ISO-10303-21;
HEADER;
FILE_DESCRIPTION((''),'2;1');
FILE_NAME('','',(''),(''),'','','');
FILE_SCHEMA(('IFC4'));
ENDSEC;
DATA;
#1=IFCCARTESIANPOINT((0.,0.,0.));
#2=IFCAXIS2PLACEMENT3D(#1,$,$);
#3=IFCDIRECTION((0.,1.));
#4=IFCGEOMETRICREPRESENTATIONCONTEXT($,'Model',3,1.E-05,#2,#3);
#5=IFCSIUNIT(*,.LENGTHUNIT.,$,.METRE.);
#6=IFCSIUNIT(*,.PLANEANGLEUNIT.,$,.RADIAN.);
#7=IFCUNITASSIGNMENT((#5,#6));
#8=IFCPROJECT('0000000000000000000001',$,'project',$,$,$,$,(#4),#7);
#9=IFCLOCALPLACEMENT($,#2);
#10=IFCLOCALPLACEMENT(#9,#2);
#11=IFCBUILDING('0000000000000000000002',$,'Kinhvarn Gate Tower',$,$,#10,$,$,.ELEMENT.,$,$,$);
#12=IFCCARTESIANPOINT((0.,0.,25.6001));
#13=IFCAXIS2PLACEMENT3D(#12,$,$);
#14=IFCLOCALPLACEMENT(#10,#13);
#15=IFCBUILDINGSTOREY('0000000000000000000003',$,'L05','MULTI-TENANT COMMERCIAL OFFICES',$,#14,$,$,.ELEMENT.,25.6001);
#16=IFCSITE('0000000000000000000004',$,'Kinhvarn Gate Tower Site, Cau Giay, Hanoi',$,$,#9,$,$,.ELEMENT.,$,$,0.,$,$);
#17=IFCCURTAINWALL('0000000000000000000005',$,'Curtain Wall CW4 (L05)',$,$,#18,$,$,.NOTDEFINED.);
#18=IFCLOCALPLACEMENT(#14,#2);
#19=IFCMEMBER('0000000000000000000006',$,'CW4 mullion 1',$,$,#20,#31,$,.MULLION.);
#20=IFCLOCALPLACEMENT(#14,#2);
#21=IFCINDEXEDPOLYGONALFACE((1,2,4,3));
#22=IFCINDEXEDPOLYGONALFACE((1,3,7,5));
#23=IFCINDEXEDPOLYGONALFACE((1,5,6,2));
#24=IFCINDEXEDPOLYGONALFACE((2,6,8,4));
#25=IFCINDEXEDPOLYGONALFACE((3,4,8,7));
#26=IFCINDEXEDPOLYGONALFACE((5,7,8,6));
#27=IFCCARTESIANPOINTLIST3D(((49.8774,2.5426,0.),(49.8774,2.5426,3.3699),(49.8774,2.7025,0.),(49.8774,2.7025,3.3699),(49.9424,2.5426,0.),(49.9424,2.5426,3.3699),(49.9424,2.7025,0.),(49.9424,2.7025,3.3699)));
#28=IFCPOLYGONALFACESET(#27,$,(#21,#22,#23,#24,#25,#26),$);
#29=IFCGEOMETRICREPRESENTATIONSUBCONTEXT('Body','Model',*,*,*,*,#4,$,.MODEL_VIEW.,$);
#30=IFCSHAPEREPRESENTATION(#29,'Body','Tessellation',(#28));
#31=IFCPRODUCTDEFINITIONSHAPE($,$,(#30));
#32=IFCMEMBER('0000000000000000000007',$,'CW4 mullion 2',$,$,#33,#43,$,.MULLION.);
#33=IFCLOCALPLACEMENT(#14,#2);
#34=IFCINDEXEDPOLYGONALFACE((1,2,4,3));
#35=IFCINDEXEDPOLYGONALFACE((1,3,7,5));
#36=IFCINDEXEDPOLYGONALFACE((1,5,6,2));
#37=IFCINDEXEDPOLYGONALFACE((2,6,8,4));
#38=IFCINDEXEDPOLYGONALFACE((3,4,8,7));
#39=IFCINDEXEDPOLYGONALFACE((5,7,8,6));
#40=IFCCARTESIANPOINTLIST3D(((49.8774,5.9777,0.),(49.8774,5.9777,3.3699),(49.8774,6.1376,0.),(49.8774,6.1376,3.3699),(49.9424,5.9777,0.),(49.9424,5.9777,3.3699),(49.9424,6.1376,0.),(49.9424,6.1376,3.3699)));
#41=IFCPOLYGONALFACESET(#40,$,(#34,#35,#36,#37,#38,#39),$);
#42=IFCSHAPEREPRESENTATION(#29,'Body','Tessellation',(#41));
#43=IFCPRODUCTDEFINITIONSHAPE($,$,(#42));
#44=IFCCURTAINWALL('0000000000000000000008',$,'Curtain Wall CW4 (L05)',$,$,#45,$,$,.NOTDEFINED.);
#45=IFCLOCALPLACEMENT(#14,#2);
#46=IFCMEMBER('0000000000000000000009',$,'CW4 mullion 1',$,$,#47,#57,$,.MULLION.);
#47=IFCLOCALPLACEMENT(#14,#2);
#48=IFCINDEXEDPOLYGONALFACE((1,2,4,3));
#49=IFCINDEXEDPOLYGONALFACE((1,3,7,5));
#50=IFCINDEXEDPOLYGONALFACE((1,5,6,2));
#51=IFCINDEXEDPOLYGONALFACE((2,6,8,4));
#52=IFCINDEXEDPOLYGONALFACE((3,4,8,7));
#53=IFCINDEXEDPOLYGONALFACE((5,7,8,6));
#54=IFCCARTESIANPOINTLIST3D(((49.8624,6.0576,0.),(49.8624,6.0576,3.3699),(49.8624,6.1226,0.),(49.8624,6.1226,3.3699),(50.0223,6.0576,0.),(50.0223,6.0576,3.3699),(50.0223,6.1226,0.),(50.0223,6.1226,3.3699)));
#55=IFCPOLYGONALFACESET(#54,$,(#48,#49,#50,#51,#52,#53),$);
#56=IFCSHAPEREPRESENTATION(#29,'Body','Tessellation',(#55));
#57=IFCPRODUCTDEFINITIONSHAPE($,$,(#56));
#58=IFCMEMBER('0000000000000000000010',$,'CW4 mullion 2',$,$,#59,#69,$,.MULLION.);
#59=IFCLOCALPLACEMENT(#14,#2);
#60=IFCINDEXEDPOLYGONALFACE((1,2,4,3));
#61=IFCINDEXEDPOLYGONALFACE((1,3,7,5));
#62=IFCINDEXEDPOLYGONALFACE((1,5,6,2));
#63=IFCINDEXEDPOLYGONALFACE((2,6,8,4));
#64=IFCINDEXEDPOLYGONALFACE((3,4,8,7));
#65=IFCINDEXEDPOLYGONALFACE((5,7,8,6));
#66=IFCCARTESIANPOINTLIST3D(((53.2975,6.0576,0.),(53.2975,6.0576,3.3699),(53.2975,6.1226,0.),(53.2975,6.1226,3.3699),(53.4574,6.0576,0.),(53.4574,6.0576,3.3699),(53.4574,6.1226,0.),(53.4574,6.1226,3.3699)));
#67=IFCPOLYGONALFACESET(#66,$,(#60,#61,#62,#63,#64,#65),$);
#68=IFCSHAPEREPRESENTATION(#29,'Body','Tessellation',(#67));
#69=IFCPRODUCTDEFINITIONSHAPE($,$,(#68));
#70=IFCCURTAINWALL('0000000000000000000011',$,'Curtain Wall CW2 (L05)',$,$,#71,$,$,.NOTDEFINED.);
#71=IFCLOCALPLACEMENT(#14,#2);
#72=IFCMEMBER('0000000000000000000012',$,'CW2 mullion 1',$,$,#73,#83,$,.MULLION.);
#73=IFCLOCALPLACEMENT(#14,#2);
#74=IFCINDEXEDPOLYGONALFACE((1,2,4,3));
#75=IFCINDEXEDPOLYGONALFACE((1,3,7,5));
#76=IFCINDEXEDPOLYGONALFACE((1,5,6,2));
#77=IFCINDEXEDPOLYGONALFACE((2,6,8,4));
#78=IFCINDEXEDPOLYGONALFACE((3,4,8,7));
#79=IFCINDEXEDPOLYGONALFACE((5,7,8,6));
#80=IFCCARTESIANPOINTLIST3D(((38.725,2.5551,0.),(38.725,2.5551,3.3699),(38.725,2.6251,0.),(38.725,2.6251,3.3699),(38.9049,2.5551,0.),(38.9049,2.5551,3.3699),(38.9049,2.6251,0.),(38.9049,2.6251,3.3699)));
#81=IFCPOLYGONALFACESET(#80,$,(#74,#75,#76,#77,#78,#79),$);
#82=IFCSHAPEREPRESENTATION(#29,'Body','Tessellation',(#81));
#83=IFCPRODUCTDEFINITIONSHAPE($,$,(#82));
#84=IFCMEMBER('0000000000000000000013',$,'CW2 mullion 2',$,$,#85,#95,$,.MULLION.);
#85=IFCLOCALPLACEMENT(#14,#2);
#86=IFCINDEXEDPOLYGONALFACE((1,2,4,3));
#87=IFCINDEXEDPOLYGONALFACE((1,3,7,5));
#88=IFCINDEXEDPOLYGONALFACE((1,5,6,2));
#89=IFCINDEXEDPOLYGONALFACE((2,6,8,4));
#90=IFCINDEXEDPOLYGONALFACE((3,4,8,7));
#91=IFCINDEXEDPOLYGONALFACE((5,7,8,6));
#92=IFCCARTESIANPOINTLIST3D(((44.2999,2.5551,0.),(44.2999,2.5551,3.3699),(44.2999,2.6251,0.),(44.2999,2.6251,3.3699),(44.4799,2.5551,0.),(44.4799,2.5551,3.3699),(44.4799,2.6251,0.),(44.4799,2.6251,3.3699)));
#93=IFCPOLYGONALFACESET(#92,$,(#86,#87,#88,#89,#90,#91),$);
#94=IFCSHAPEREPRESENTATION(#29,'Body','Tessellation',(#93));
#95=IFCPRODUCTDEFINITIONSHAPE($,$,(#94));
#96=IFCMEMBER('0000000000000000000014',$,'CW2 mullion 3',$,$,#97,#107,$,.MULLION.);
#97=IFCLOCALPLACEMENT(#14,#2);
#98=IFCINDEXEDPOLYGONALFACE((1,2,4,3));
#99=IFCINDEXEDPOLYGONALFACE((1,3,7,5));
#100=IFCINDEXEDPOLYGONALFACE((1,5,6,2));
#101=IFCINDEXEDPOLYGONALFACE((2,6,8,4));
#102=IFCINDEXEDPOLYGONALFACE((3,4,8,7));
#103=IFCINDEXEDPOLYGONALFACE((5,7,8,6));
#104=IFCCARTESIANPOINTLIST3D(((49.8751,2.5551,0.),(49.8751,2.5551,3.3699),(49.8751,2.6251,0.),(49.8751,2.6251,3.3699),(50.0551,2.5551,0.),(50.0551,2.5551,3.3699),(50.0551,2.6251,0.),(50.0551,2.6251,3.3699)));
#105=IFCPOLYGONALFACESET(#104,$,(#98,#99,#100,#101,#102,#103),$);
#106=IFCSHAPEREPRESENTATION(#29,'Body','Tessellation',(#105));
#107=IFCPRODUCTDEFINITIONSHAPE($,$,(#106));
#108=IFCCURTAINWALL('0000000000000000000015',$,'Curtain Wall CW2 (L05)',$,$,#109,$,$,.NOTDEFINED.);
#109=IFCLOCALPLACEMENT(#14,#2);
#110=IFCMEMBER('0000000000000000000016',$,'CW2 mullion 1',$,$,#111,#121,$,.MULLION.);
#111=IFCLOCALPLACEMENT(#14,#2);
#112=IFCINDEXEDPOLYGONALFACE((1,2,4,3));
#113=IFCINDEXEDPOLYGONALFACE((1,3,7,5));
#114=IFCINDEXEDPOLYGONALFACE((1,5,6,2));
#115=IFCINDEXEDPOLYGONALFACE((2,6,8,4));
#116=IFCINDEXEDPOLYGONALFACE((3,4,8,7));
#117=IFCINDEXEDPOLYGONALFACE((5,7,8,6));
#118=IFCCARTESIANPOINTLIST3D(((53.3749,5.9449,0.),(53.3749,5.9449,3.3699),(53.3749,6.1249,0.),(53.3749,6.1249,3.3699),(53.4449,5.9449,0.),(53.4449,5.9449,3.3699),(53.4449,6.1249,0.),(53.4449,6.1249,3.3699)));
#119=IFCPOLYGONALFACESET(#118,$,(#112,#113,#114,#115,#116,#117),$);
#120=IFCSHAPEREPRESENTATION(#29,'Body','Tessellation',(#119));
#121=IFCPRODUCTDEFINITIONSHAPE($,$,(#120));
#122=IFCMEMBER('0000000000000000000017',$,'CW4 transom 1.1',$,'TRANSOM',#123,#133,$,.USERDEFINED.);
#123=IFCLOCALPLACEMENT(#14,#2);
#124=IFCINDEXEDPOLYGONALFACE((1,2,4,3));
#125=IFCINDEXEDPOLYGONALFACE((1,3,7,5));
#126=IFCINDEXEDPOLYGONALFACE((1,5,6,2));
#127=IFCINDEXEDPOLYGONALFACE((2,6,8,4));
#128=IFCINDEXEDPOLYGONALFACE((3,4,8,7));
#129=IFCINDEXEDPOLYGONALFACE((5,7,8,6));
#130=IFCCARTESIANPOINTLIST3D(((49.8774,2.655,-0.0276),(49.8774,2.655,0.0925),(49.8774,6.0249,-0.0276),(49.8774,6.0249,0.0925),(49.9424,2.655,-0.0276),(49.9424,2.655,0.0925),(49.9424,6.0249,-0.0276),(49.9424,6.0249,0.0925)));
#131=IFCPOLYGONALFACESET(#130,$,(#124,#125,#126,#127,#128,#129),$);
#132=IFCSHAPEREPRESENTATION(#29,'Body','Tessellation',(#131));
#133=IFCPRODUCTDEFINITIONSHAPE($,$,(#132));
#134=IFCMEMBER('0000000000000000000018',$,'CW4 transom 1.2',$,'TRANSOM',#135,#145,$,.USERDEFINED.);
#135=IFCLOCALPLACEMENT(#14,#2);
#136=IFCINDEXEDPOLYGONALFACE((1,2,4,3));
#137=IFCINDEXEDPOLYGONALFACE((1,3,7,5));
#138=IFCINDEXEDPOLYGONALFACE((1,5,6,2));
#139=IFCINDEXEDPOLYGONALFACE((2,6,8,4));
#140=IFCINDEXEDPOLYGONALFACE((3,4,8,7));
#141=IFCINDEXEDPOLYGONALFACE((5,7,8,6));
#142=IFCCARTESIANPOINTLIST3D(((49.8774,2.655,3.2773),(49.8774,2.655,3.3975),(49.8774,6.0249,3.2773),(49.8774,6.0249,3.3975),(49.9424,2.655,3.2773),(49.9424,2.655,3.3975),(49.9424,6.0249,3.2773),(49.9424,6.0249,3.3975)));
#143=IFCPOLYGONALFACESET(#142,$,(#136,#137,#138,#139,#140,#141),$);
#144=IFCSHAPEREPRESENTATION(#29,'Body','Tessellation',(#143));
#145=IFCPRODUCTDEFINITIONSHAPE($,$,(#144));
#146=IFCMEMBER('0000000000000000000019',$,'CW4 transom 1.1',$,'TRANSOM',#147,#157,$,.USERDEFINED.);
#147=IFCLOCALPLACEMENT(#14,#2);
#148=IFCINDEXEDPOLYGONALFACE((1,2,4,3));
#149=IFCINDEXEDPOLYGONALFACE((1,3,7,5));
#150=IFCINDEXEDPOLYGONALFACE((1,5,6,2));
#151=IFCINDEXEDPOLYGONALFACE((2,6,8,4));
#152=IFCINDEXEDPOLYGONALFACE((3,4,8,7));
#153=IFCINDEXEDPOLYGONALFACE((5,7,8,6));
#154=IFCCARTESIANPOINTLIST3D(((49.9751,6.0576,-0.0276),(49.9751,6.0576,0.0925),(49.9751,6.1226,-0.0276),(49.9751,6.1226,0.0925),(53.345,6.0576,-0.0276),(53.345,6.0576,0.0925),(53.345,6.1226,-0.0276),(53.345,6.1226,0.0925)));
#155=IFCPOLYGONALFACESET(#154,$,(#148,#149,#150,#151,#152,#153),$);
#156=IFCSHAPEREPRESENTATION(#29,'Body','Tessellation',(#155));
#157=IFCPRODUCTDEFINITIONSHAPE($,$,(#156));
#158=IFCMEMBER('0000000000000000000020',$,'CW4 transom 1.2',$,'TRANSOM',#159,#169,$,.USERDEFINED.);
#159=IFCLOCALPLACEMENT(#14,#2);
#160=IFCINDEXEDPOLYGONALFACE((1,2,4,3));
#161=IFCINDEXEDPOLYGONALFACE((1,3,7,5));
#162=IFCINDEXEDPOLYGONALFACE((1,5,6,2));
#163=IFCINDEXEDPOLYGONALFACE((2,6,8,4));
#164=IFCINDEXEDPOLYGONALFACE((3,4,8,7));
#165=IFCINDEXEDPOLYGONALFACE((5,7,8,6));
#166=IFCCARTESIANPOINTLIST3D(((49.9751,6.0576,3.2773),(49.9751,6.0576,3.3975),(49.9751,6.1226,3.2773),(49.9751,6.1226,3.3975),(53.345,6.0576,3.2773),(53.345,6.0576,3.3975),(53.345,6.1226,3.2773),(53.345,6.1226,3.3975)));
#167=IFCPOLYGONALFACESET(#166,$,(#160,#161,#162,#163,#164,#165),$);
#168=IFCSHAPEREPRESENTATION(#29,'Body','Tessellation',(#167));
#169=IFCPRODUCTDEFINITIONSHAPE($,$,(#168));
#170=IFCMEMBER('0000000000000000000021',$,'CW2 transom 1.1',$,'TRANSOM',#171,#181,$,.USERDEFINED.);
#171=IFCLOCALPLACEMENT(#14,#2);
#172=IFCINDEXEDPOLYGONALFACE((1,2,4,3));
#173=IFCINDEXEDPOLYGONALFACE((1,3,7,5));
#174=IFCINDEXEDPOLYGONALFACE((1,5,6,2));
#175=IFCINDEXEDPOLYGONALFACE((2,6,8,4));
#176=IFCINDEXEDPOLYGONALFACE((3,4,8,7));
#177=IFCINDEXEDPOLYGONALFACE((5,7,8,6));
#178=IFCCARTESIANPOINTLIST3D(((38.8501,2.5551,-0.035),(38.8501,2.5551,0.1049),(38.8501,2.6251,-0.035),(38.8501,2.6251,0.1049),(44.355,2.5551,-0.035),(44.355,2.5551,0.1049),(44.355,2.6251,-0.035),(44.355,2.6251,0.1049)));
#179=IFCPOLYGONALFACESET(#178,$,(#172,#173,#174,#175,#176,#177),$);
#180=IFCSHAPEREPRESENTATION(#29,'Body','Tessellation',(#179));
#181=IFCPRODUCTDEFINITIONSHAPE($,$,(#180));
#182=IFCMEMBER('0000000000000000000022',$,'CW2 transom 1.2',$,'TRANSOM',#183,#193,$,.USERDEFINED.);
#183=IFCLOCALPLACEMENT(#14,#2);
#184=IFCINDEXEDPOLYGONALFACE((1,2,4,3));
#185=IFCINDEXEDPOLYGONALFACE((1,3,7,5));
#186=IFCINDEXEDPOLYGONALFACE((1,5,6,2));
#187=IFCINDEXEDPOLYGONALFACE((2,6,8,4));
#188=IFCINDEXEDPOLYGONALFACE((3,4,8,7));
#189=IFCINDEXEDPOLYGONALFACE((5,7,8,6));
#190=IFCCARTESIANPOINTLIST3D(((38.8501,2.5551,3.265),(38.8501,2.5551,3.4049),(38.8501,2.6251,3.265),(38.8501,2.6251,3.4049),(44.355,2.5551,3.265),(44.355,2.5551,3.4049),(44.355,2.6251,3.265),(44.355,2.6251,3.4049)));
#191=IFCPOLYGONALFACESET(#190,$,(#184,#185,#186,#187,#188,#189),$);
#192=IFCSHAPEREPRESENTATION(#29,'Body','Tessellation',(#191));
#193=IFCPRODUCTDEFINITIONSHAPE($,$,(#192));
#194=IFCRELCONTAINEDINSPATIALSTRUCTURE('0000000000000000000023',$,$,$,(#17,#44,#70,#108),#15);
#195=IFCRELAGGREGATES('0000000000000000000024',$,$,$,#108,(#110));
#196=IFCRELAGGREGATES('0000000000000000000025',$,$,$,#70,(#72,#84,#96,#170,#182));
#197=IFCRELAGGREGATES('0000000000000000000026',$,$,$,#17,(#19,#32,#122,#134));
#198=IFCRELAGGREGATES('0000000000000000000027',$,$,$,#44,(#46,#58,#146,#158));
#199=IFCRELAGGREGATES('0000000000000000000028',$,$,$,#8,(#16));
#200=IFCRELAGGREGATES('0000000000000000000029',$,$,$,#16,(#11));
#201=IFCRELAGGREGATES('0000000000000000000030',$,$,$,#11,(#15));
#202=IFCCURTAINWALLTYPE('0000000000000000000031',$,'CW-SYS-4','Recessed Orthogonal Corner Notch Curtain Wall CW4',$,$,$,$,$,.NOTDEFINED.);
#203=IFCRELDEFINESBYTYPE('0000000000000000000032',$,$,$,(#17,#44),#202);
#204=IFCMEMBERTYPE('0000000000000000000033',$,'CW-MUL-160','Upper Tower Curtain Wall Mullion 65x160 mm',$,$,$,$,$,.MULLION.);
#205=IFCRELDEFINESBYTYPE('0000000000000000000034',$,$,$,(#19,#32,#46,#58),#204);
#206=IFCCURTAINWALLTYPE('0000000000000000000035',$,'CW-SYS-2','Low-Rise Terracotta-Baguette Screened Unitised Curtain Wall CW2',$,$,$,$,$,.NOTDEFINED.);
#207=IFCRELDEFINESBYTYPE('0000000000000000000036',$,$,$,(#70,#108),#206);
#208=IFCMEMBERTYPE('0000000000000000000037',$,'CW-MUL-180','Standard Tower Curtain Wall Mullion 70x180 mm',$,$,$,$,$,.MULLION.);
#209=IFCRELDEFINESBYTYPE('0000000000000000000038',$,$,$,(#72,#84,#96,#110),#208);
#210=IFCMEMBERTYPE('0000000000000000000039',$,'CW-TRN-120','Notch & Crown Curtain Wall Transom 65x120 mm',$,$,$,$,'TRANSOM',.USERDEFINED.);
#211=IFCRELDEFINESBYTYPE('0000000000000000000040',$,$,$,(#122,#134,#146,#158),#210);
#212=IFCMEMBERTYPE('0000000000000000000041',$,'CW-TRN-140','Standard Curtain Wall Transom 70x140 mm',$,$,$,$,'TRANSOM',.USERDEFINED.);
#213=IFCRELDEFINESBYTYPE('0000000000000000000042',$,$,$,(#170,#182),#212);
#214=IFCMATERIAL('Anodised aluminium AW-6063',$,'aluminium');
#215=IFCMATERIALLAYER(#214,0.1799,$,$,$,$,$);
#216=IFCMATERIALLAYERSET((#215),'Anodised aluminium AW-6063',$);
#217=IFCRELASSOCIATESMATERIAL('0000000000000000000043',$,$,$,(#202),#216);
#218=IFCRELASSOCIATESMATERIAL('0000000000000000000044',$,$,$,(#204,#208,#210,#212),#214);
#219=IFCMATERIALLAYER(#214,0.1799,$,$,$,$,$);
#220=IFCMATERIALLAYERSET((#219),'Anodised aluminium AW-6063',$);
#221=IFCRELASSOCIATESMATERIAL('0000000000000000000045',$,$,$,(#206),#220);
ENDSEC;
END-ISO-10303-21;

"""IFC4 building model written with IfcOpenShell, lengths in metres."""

from ifc_helpers import new_model, si_unit, direction, frame, origin, origin_2d, place, context, subcontext, project, spatial, rectangle, extrude, material, layer, layer_set, material_profile, profile_set, type_object, element, aggregate, save


model = new_model("IFC4")

# Units and contexts
model_context = context("Model", 3, precision=1e-05, world=origin(), true_north=direction((0.0, 1.0)))
body_context = subcontext(model_context, "Body", "Model", "MODEL_VIEW")
ifc_project = project(units=[si_unit("LENGTHUNIT", "METRE"), si_unit("PLANEANGLEUNIT", "RADIAN")], contexts=[model_context])

# Site, building, storey
site_placement = place(None, origin())
site = spatial("IfcSite", under=ifc_project, at=site_placement, Name="Kinhvarn Gate Tower Site, Cau Giay, Hanoi", CompositionType="ELEMENT", RefElevation=0.0)
building_placement = place(site_placement, origin())
building = spatial("IfcBuilding", under=site, at=building_placement, Name="Kinhvarn Gate Tower", CompositionType="ELEMENT")
storey_placement = place(building_placement, frame((0.0, 0.0, 25.6001)))
storey = spatial("IfcBuildingStorey", under=building, at=storey_placement, Name="L05", Description="MULTI-TENANT COMMERCIAL OFFICES", CompositionType="ELEMENT", Elevation=25.6001)

# Curtain walls, members
ifc_material_1 = material(Name="Anodised aluminium AW-6063", Category="aluminium")
ifc_layer_1 = layer(ifc_material_1, 0.1799)
ifc_layer_set_1 = layer_set([ifc_layer_1], Name="Anodised aluminium AW-6063")
curtain_wall_type_1 = type_object("IfcCurtainWallType", Name="CW-SYS-4", Description="Recessed Orthogonal Corner Notch Curtain Wall CW4", PredefinedType="NOTDEFINED", material=ifc_layer_set_1)
curtain_wall_1_placement = place(storey_placement, origin())
curtain_wall_1 = element("IfcCurtainWall", 1, at=curtain_wall_1_placement, inside=storey, type_object=curtain_wall_type_1, Name="Curtain Wall CW4 (L05)", PredefinedType="NOTDEFINED")
ifc_material_profile_1 = material_profile(ifc_material_1, rectangle(XDim=0.0649, YDim=0.1599, at=origin_2d()), Name="ALU 65x160")
ifc_profile_set_1 = profile_set([ifc_material_profile_1], Name="Anodised aluminium AW-6063")
member_type_1 = type_object("IfcMemberType", Name="CW-MUL-160", Description="Upper Tower Curtain Wall Mullion 65x160 mm", PredefinedType="MULLION", material=ifc_profile_set_1)
member_1_placement = place(storey_placement, frame((49.9099, 2.6226, 0.0), z_axis=(0.0, 0.0, 1.0), x_axis=(-1.0, 0.0, 0.0)))
member_1 = element("IfcMember", 2, at=member_1_placement, type_object=member_type_1, Name="CW4 mullion 1", PredefinedType="MULLION", context=body_context, shape_type="SweptSolid", body=[
    extrude(rectangle(XDim=0.0649, YDim=0.1599, at=origin_2d()), origin(), (0.0, 0.0, 1.0), 3.3699),
])
member_2_placement = place(storey_placement, frame((49.9099, 6.0576, 0.0), z_axis=(0.0, 0.0, 1.0), x_axis=(-1.0, 0.0, 0.0)))
member_2 = element("IfcMember", 3, at=member_2_placement, type_object=member_type_1, Name="CW4 mullion 2", PredefinedType="MULLION", context=body_context, shape_type="SweptSolid", body=[
    extrude(rectangle(XDim=0.0649, YDim=0.1599, at=origin_2d()), origin(), (0.0, 0.0, 1.0), 3.3699),
])
curtain_wall_2_placement = place(storey_placement, origin())
curtain_wall_2 = element("IfcCurtainWall", 4, at=curtain_wall_2_placement, inside=storey, type_object=curtain_wall_type_1, Name="Curtain Wall CW4 (L05)", PredefinedType="NOTDEFINED")
member_3_placement = place(storey_placement, frame((49.9424, 6.0901, 0.0), z_axis=(0.0, 0.0, 1.0), x_axis=(0.0, 1.0, 0.0)))
member_3 = element("IfcMember", 5, at=member_3_placement, type_object=member_type_1, Name="CW4 mullion 1", PredefinedType="MULLION", context=body_context, shape_type="SweptSolid", body=[
    extrude(rectangle(XDim=0.0649, YDim=0.1599, at=origin_2d()), origin(), (0.0, 0.0, 1.0), 3.3699),
])
member_4_placement = place(storey_placement, frame((53.3774, 6.0901, 0.0), z_axis=(0.0, 0.0, 1.0), x_axis=(0.0, 1.0, 0.0)))
member_4 = element("IfcMember", 6, at=member_4_placement, type_object=member_type_1, Name="CW4 mullion 2", PredefinedType="MULLION", context=body_context, shape_type="SweptSolid", body=[
    extrude(rectangle(XDim=0.0649, YDim=0.1599, at=origin_2d()), origin(), (0.0, 0.0, 1.0), 3.3699),
])
ifc_layer_2 = layer(ifc_material_1, 0.1799)
ifc_layer_set_2 = layer_set([ifc_layer_2], Name="Anodised aluminium AW-6063")
curtain_wall_type_2 = type_object("IfcCurtainWallType", Name="CW-SYS-2", Description="Low-Rise Terracotta-Baguette Screened Unitised Curtain Wall CW2", PredefinedType="NOTDEFINED", material=ifc_layer_set_2)
curtain_wall_3_placement = place(storey_placement, origin())
curtain_wall_3 = element("IfcCurtainWall", 7, at=curtain_wall_3_placement, inside=storey, type_object=curtain_wall_type_2, Name="Curtain Wall CW2 (L05)", PredefinedType="NOTDEFINED")
ifc_material_profile_2 = material_profile(ifc_material_1, rectangle(XDim=0.0701, YDim=0.1799, at=origin_2d()), Name="ALU 70x180")
ifc_profile_set_2 = profile_set([ifc_material_profile_2], Name="Anodised aluminium AW-6063")
member_type_2 = type_object("IfcMemberType", Name="CW-MUL-180", Description="Standard Tower Curtain Wall Mullion 70x180 mm", PredefinedType="MULLION", material=ifc_profile_set_2)
member_5_placement = place(storey_placement, frame((38.8149, 2.5901, 0.0), z_axis=(0.0, 0.0, 1.0), x_axis=(0.0, 1.0, 0.0)))
member_5 = element("IfcMember", 8, at=member_5_placement, type_object=member_type_2, Name="CW2 mullion 1", PredefinedType="MULLION", context=body_context, shape_type="SweptSolid", body=[
    extrude(rectangle(XDim=0.0701, YDim=0.1799, at=origin_2d()), origin(), (0.0, 0.0, 1.0), 3.3699),
])
member_6_placement = place(storey_placement, frame((44.3899, 2.5901, 0.0), z_axis=(0.0, 0.0, 1.0), x_axis=(0.0, 1.0, 0.0)))
member_6 = element("IfcMember", 9, at=member_6_placement, type_object=member_type_2, Name="CW2 mullion 2", PredefinedType="MULLION", context=body_context, shape_type="SweptSolid", body=[
    extrude(rectangle(XDim=0.0701, YDim=0.1799, at=origin_2d()), origin(), (0.0, 0.0, 1.0), 3.3699),
])
member_7_placement = place(storey_placement, frame((49.9651, 2.5901, 0.0), z_axis=(0.0, 0.0, 1.0), x_axis=(0.0, 1.0, 0.0)))
member_7 = element("IfcMember", 10, at=member_7_placement, type_object=member_type_2, Name="CW2 mullion 3", PredefinedType="MULLION", context=body_context, shape_type="SweptSolid", body=[
    extrude(rectangle(XDim=0.0701, YDim=0.1799, at=origin_2d()), origin(), (0.0, 0.0, 1.0), 3.3699),
])

# Curtain wall, member
curtain_wall_4_placement = place(storey_placement, origin())
curtain_wall_4 = element("IfcCurtainWall", 11, at=curtain_wall_4_placement, inside=storey, type_object=curtain_wall_type_2, Name="Curtain Wall CW2 (L05)", PredefinedType="NOTDEFINED")
member_8_placement = place(storey_placement, frame((53.4099, 6.0349, 0.0), z_axis=(0.0, 0.0, 1.0), x_axis=(-1.0, 0.0, 0.0)))
member_8 = element("IfcMember", 12, at=member_8_placement, type_object=member_type_2, Name="CW2 mullion 1", PredefinedType="MULLION", context=body_context, shape_type="SweptSolid", body=[
    extrude(rectangle(XDim=0.0701, YDim=0.1799, at=origin_2d()), origin(), (0.0, 0.0, 1.0), 3.3699),
])

# Members
ifc_material_profile_3 = material_profile(ifc_material_1, rectangle(XDim=0.0649, YDim=0.1201, at=origin_2d()), Name="ALU 65x120")
ifc_profile_set_3 = profile_set([ifc_material_profile_3], Name="Anodised aluminium AW-6063")
member_type_3 = type_object("IfcMemberType", Name="CW-TRN-120", Description="Notch & Crown Curtain Wall Transom 65x120 mm", ElementType="TRANSOM", PredefinedType="USERDEFINED", material=ifc_profile_set_3)
member_9_placement = place(storey_placement, frame((49.9099, 2.655, 0.0325), z_axis=(0.0, 1.0, 0.0), x_axis=(-1.0, 0.0, 0.0)))
member_9 = element("IfcMember", 13, at=member_9_placement, type_object=member_type_3, Name="CW4 transom 1.1", ObjectType="TRANSOM", PredefinedType="USERDEFINED", context=body_context, shape_type="SweptSolid", body=[
    extrude(rectangle(XDim=0.0649, YDim=0.1201, at=origin_2d()), origin(), (0.0, 0.0, 1.0), 3.3699),
])
member_10_placement = place(storey_placement, frame((49.9099, 2.655, 3.3374), z_axis=(0.0, 1.0, 0.0), x_axis=(-1.0, 0.0, 0.0)))
member_10 = element("IfcMember", 14, at=member_10_placement, type_object=member_type_3, Name="CW4 transom 1.2", ObjectType="TRANSOM", PredefinedType="USERDEFINED", context=body_context, shape_type="SweptSolid", body=[
    extrude(rectangle(XDim=0.0649, YDim=0.1201, at=origin_2d()), origin(), (0.0, 0.0, 1.0), 3.3699),
])
member_11_placement = place(storey_placement, frame((49.9751, 6.0901, 0.0325), z_axis=(1.0, 0.0, 0.0), x_axis=(0.0, 1.0, 0.0)))
member_11 = element("IfcMember", 15, at=member_11_placement, type_object=member_type_3, Name="CW4 transom 1.1", ObjectType="TRANSOM", PredefinedType="USERDEFINED", context=body_context, shape_type="SweptSolid", body=[
    extrude(rectangle(XDim=0.0649, YDim=0.1201, at=origin_2d()), origin(), (0.0, 0.0, 1.0), 3.3699),
])
member_12_placement = place(storey_placement, frame((49.9751, 6.0901, 3.3374), z_axis=(1.0, 0.0, 0.0), x_axis=(0.0, 1.0, 0.0)))
member_12 = element("IfcMember", 16, at=member_12_placement, type_object=member_type_3, Name="CW4 transom 1.2", ObjectType="TRANSOM", PredefinedType="USERDEFINED", context=body_context, shape_type="SweptSolid", body=[
    extrude(rectangle(XDim=0.0649, YDim=0.1201, at=origin_2d()), origin(), (0.0, 0.0, 1.0), 3.3699),
])
ifc_material_profile_4 = material_profile(ifc_material_1, rectangle(XDim=0.0701, YDim=0.1399, at=origin_2d()), Name="ALU 70x140")
ifc_profile_set_4 = profile_set([ifc_material_profile_4], Name="Anodised aluminium AW-6063")
member_type_4 = type_object("IfcMemberType", Name="CW-TRN-140", Description="Standard Curtain Wall Transom 70x140 mm", ElementType="TRANSOM", PredefinedType="USERDEFINED", material=ifc_profile_set_4)
member_13_placement = place(storey_placement, frame((38.8501, 2.5901, 0.0349), z_axis=(1.0, 0.0, 0.0), x_axis=(0.0, 1.0, 0.0)))
member_13 = element("IfcMember", 17, at=member_13_placement, type_object=member_type_4, Name="CW2 transom 1.1", ObjectType="TRANSOM", PredefinedType="USERDEFINED", context=body_context, shape_type="SweptSolid", body=[
    extrude(rectangle(XDim=0.0701, YDim=0.1399, at=origin_2d()), origin(), (0.0, 0.0, 1.0), 5.5049),
])
member_14_placement = place(storey_placement, frame((38.8501, 2.5901, 3.335), z_axis=(1.0, 0.0, 0.0), x_axis=(0.0, 1.0, 0.0)))
member_14 = element("IfcMember", 18, at=member_14_placement, type_object=member_type_4, Name="CW2 transom 1.2", ObjectType="TRANSOM", PredefinedType="USERDEFINED", context=body_context, shape_type="SweptSolid", body=[
    extrude(rectangle(XDim=0.0701, YDim=0.1399, at=origin_2d()), origin(), (0.0, 0.0, 1.0), 5.5049),
])
aggregate(curtain_wall_4, [member_8])

aggregate(curtain_wall_3, [member_5, member_6, member_7, member_13, member_14])
aggregate(curtain_wall_1, [member_1, member_2, member_9, member_10])
aggregate(curtain_wall_2, [member_3, member_4, member_11, member_12])

save(model, "model.ifc")
